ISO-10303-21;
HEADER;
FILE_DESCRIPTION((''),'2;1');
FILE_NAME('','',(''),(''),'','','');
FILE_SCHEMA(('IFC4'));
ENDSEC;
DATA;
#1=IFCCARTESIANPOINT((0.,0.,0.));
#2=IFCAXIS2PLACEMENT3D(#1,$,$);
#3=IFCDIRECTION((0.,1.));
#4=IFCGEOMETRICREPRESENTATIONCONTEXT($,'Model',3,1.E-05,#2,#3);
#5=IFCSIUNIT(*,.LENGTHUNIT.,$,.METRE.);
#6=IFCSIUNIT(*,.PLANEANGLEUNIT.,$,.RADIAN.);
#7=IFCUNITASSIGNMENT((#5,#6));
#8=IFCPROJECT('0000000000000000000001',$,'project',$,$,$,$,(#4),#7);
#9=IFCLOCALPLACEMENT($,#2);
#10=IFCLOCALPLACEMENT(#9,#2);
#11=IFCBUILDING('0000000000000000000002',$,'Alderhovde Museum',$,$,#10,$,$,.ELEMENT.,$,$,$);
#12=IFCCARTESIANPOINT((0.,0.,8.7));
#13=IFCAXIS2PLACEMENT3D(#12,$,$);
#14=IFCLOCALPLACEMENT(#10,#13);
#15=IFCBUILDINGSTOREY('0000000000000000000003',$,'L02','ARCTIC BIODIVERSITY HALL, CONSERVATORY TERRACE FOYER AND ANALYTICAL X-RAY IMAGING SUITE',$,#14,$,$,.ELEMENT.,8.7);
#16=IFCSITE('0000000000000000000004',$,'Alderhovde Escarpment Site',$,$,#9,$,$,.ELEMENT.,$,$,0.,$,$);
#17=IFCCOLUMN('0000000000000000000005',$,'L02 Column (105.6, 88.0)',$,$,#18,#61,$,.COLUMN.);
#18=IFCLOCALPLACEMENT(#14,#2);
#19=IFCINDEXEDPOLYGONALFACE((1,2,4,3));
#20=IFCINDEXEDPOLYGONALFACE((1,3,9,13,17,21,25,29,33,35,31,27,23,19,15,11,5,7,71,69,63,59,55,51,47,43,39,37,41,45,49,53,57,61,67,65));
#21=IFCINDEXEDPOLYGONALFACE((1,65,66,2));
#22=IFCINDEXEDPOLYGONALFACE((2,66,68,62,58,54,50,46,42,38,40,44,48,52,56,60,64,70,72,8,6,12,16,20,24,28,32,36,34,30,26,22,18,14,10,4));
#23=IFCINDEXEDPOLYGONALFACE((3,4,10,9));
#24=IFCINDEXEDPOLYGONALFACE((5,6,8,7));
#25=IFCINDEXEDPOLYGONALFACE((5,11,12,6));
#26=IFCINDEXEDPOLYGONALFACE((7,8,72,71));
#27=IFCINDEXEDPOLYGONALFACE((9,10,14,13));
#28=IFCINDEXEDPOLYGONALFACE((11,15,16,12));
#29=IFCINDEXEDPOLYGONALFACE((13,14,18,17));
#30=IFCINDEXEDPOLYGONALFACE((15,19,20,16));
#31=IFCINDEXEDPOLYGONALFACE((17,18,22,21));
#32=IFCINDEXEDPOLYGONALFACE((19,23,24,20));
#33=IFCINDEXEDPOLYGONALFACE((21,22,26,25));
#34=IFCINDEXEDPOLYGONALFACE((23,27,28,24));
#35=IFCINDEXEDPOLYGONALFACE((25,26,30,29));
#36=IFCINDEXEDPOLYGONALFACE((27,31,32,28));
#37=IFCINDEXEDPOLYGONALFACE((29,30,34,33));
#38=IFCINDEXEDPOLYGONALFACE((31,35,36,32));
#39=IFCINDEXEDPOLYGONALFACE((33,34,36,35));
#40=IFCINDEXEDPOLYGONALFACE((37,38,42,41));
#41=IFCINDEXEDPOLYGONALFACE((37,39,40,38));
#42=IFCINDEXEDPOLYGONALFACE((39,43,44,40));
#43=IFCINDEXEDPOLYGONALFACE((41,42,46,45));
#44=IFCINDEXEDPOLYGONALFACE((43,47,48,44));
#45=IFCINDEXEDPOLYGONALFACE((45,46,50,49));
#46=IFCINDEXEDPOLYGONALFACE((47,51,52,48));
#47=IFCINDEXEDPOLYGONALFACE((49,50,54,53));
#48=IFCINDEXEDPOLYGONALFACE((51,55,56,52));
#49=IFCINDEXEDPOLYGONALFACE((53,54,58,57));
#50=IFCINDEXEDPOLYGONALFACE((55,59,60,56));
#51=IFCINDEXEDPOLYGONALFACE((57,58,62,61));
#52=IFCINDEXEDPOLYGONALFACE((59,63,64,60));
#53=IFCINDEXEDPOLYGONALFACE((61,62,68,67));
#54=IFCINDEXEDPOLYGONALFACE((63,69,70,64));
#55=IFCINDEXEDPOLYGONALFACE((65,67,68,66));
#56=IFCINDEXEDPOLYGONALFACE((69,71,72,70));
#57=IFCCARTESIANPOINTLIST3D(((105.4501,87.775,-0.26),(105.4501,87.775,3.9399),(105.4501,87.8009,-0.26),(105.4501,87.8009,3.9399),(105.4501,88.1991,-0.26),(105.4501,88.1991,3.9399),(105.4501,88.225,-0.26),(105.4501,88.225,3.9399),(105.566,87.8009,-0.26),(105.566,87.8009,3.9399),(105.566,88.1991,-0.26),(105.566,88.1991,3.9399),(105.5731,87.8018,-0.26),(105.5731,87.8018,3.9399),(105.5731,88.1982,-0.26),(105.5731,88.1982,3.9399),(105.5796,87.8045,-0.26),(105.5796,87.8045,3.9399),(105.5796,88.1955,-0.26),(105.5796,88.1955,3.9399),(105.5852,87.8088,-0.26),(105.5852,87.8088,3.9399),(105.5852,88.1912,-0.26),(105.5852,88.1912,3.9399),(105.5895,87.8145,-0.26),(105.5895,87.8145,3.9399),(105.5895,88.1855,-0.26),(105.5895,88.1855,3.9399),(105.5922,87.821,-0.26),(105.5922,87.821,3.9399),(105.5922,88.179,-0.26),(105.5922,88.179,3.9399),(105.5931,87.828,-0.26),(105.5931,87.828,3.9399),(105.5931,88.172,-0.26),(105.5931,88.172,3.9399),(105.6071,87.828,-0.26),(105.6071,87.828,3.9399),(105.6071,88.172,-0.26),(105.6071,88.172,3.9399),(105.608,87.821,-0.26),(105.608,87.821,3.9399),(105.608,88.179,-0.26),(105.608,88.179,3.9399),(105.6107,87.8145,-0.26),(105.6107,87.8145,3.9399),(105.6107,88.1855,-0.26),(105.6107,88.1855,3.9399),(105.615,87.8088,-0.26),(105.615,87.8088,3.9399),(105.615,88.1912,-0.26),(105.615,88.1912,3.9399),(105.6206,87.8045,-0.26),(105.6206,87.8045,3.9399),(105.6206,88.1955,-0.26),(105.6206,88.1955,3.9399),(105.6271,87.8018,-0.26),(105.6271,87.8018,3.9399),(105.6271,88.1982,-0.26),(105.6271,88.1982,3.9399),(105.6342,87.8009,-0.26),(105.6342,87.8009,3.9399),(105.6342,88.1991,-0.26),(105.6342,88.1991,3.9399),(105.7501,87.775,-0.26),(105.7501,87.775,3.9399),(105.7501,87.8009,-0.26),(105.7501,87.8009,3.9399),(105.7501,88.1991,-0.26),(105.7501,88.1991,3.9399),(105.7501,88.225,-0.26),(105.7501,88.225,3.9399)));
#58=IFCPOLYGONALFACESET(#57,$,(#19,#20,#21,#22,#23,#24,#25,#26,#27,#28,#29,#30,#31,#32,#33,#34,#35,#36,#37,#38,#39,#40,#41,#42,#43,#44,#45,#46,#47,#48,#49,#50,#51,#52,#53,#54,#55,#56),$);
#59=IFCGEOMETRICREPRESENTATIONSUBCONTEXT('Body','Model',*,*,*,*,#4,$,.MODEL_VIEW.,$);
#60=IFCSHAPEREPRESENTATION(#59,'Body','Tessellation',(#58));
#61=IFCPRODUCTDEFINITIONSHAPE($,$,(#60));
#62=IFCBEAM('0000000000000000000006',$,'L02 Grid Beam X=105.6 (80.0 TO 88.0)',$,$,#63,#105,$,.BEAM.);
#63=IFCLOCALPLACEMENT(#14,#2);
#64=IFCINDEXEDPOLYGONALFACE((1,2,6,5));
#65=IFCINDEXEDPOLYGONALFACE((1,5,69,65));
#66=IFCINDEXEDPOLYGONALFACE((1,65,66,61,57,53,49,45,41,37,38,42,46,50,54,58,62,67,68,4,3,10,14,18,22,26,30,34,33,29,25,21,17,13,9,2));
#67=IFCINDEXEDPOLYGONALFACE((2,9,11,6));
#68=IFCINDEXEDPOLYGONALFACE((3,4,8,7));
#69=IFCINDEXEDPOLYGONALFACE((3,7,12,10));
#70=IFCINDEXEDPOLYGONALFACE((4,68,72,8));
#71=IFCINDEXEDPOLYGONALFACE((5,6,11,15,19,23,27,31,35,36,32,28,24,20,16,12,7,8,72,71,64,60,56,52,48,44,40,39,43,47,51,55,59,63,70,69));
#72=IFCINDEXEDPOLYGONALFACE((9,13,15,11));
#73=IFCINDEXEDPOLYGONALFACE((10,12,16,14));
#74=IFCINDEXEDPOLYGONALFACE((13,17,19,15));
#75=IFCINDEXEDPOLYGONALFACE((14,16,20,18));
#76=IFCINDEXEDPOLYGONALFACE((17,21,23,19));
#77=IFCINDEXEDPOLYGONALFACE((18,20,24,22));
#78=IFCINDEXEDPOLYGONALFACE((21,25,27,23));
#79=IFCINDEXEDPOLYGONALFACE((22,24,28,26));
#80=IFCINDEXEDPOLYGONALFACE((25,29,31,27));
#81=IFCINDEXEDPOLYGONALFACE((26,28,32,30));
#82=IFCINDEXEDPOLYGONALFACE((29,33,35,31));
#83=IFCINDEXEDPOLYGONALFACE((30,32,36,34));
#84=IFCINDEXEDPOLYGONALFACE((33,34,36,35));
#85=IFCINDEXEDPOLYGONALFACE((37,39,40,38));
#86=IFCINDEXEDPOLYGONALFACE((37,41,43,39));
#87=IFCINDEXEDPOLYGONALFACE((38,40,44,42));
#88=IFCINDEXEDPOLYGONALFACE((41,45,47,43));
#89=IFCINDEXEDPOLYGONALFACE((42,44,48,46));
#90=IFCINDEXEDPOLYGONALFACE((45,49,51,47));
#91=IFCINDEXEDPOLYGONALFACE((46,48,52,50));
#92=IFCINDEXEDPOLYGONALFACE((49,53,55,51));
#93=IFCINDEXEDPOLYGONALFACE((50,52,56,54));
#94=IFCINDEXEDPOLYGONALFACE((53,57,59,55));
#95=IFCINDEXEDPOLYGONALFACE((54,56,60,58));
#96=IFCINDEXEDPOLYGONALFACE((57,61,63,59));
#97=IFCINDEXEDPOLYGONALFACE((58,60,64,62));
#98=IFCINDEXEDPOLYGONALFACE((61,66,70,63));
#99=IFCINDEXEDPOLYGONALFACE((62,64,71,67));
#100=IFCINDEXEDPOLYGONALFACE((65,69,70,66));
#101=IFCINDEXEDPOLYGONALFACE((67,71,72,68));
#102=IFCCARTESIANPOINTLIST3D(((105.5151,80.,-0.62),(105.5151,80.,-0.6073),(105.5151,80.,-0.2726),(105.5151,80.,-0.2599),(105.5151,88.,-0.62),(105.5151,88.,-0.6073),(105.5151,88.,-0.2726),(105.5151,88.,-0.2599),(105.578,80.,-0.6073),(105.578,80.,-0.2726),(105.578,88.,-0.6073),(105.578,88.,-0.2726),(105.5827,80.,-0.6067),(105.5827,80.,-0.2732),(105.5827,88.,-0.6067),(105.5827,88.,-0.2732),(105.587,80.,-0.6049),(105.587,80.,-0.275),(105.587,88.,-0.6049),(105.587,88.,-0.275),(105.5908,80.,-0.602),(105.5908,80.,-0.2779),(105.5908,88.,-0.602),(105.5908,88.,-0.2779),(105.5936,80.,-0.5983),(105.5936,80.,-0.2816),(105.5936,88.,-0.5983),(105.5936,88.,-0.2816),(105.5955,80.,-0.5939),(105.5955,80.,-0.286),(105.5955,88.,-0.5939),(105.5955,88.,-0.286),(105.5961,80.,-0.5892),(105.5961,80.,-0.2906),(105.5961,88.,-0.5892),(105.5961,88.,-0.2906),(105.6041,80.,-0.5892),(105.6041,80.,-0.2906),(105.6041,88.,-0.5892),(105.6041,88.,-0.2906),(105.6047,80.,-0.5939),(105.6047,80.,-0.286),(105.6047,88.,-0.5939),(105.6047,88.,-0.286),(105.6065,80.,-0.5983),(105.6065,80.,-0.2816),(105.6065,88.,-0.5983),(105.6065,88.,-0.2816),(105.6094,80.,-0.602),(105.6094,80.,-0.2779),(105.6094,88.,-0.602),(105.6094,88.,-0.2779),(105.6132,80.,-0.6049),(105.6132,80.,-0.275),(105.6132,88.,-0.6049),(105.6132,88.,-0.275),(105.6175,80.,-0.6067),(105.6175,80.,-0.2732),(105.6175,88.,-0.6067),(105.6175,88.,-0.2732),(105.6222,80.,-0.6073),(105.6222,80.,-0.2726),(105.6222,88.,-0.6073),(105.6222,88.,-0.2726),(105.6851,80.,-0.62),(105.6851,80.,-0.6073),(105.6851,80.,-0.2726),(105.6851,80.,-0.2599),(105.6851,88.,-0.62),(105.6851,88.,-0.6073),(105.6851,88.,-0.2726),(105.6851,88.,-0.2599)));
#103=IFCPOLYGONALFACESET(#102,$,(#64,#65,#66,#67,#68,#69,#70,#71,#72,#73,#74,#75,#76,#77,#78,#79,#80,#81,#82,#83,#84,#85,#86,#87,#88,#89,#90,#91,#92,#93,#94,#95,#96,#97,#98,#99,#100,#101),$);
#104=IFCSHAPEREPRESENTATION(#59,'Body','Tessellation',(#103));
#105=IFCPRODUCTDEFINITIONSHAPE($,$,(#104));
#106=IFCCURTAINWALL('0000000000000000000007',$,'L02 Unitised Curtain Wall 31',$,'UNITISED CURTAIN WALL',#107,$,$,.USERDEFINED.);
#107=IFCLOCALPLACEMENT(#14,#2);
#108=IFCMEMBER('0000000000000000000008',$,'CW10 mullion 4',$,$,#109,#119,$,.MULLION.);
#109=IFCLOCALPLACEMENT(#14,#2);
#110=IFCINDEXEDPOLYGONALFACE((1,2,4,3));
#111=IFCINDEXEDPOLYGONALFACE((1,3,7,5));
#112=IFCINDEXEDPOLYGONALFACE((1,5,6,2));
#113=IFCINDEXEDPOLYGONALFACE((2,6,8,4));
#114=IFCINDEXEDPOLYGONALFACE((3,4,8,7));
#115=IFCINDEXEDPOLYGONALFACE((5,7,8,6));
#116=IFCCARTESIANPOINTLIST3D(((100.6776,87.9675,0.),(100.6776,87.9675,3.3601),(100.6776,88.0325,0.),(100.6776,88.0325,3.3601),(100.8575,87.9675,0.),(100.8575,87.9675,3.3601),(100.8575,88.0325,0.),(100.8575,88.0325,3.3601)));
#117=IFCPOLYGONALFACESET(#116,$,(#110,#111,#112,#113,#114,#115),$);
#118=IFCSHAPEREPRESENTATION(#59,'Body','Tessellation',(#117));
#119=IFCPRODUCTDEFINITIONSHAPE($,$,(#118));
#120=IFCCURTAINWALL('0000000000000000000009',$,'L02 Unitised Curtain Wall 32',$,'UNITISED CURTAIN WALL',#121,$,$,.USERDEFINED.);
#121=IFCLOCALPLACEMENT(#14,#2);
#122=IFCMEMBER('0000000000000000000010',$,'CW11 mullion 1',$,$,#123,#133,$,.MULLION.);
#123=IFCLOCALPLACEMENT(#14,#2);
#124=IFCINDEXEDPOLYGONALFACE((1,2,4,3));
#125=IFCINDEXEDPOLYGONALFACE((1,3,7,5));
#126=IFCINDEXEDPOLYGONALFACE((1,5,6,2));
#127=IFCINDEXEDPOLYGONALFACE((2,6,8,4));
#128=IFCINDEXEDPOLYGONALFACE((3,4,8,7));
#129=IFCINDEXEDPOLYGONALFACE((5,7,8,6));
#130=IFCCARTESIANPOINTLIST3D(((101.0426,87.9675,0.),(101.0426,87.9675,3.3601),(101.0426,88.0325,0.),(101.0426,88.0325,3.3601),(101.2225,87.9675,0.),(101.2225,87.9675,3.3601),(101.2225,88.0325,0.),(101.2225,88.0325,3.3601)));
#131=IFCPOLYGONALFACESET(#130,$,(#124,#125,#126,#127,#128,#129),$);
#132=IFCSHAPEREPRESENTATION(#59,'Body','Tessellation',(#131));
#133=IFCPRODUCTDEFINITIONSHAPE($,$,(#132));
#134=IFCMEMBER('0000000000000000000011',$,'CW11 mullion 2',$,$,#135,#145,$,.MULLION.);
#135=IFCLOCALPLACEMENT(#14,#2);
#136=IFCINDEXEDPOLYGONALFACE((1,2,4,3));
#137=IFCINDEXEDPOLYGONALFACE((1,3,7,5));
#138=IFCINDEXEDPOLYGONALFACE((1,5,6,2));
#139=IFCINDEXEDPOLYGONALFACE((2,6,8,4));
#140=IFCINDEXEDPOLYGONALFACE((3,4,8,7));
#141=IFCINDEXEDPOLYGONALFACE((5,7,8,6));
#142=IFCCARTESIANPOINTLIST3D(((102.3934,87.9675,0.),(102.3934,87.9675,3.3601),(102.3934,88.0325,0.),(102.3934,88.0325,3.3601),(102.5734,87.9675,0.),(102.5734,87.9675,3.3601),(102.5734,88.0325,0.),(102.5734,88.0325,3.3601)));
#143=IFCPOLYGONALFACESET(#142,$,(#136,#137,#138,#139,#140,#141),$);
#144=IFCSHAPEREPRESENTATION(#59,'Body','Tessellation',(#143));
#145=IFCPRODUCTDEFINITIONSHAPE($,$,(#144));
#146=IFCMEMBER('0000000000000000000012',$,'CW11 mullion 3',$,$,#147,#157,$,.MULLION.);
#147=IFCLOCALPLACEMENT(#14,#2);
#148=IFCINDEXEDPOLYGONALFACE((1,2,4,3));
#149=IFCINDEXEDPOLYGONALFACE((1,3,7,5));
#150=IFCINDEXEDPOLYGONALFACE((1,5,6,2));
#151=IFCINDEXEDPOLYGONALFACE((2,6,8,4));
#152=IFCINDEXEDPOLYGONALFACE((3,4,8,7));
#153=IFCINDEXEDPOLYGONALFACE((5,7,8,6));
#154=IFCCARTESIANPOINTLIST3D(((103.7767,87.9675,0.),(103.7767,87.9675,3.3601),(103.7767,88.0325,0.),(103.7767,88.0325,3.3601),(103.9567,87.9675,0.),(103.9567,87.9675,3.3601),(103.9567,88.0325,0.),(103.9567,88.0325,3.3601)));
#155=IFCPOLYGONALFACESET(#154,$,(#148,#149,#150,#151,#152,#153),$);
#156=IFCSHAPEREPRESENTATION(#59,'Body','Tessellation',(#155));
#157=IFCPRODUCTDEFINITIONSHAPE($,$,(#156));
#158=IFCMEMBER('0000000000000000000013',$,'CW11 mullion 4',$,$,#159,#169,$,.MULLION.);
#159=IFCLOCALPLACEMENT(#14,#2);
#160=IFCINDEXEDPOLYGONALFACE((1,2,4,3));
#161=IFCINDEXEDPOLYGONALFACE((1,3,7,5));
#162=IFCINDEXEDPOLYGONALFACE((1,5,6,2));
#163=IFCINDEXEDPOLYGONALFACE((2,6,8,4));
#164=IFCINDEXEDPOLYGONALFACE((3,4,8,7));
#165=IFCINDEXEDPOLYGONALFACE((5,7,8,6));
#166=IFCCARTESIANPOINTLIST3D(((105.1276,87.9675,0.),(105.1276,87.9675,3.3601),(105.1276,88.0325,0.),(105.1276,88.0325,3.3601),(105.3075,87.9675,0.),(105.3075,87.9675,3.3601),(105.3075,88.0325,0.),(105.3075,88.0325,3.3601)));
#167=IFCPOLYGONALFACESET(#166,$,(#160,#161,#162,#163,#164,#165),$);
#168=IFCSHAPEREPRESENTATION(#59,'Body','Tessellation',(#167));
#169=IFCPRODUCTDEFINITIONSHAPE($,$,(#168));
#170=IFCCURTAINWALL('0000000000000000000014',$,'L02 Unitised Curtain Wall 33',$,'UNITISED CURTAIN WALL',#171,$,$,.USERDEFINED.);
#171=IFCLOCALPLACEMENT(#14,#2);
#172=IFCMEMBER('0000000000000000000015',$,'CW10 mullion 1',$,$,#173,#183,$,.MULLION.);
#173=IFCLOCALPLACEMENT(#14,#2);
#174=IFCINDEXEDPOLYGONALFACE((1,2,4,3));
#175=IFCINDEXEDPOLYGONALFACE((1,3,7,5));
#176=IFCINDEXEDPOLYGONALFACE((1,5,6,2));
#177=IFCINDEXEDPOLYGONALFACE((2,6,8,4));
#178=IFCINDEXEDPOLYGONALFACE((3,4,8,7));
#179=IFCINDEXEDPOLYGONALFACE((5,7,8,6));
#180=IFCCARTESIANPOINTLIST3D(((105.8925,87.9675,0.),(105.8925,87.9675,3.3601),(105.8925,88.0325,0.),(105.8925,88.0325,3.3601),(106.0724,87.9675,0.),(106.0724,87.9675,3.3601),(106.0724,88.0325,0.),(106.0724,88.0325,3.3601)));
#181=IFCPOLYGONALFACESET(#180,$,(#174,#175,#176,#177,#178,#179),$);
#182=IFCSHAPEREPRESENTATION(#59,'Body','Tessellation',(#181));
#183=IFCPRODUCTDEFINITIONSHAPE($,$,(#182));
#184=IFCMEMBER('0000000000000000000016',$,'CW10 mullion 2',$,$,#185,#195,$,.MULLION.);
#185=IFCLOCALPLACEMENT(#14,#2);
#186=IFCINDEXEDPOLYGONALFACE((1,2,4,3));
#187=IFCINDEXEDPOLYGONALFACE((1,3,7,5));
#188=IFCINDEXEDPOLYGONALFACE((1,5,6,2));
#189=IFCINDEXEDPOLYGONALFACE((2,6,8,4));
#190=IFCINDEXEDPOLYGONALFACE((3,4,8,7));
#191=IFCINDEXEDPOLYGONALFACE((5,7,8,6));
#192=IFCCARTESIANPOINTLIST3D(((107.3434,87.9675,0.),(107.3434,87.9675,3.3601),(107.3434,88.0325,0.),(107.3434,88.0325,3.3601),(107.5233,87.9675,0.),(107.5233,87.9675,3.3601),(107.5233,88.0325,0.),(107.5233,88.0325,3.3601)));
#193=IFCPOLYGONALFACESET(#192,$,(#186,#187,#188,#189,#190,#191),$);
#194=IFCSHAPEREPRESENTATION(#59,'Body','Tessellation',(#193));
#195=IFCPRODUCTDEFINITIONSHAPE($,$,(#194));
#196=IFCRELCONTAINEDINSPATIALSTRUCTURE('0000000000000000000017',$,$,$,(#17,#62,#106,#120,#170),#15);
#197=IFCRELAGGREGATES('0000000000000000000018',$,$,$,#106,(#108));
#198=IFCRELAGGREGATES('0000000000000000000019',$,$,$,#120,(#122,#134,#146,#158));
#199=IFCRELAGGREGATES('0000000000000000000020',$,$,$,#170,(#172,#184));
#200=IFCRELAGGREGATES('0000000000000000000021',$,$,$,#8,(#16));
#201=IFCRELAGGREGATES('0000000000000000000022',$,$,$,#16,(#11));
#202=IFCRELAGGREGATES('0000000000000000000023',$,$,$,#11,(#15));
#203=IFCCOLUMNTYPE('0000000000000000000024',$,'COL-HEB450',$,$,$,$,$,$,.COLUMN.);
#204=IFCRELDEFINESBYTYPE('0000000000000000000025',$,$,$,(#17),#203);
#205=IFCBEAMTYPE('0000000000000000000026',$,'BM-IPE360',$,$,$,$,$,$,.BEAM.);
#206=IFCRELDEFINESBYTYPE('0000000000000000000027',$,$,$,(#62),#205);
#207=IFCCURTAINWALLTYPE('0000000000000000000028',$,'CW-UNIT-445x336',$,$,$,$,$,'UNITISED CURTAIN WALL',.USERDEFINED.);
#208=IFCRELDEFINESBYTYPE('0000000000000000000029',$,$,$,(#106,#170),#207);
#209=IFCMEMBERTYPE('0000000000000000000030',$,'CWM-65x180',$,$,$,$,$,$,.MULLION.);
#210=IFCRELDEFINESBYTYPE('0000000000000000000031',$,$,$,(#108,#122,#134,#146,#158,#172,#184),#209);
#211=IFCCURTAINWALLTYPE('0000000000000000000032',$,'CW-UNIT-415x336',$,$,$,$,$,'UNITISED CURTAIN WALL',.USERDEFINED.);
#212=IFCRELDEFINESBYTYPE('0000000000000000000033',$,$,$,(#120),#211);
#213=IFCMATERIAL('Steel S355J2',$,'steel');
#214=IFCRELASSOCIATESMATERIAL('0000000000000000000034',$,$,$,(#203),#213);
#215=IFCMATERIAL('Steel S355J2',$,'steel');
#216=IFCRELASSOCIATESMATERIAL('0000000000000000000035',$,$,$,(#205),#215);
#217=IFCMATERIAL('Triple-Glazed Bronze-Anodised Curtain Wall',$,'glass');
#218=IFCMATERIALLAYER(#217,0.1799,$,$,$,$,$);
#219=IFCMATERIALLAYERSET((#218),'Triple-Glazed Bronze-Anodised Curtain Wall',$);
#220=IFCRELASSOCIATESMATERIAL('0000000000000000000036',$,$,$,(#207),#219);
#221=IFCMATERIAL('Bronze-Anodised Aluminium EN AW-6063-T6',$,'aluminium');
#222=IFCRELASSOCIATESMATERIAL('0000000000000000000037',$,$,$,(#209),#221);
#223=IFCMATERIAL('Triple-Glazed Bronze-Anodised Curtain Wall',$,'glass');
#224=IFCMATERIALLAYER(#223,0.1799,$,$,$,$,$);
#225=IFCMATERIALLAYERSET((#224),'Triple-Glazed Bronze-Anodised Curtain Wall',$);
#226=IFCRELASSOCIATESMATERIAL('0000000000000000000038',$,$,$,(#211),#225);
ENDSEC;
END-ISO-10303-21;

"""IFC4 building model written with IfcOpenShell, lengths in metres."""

from ifc_helpers import new_model, si_unit, direction, frame, origin, origin_2d, place, context, subcontext, project, spatial, rectangle, i_section, extrude, material, layer, layer_set, material_profile, profile_set, type_object, element, aggregate, save


model = new_model("IFC4")

# Units and contexts
model_context = context("Model", 3, precision=1e-05, world=origin(), true_north=direction((0.0, 1.0)))
body_context = subcontext(model_context, "Body", "Model", "MODEL_VIEW")
ifc_project = project(units=[si_unit("LENGTHUNIT", "METRE"), si_unit("PLANEANGLEUNIT", "RADIAN")], contexts=[model_context])

# Site, building, storey
site_placement = place(None, origin())
site = spatial("IfcSite", under=ifc_project, at=site_placement, Name="Alderhovde Escarpment Site", CompositionType="ELEMENT", RefElevation=0.0)
building_placement = place(site_placement, origin())
building = spatial("IfcBuilding", under=site, at=building_placement, Name="Alderhovde Museum", CompositionType="ELEMENT")
storey_placement = place(building_placement, frame((0.0, 0.0, 8.7)))
storey = spatial("IfcBuildingStorey", under=building, at=storey_placement, Name="L02", Description="ARCTIC BIODIVERSITY HALL, CONSERVATORY TERRACE FOYER AND ANALYTICAL X-RAY IMAGING SUITE", CompositionType="ELEMENT", Elevation=8.7)

# Column
ifc_material_1 = material(Name="Steel S355J2", Category="steel")
ifc_material_profile_1 = material_profile(ifc_material_1, i_section(OverallWidth=0.3, OverallDepth=0.45, WebThickness=0.0139, FlangeThickness=0.0259, FilletRadius=0.0271, at=origin_2d()), Name="HEB 450")
ifc_profile_set_1 = profile_set([ifc_material_profile_1], Name="Steel S355J2")
column_type = type_object("IfcColumnType", Name="COL-HEB450", PredefinedType="COLUMN", material=ifc_profile_set_1)
column_placement = place(storey_placement, frame((105.6001, 88.0, -0.26), z_axis=(0.0, 0.0, 1.0), x_axis=(1.0, 0.0, 0.0)))
element("IfcColumn", 1, at=column_placement, inside=storey, type_object=column_type, Name="L02 Column (105.6, 88.0)", PredefinedType="COLUMN", context=body_context, shape_type="SweptSolid", body=[
    extrude(i_section(OverallWidth=0.3, OverallDepth=0.45, WebThickness=0.0139, FlangeThickness=0.0259, FilletRadius=0.0271, at=origin_2d()), origin(), (0.0, 0.0, 1.0), 4.2),
])

# Beam
ifc_material_2 = material(Name="Steel S355J2", Category="steel")
ifc_material_profile_2 = material_profile(ifc_material_2, i_section(OverallWidth=0.1699, OverallDepth=0.3601, WebThickness=0.0081, FlangeThickness=0.0127, FilletRadius=0.0181, at=origin_2d()), Name="IPE 360")
ifc_profile_set_2 = profile_set([ifc_material_profile_2], Name="Steel S355J2")
beam_type_1 = type_object("IfcBeamType", Name="BM-IPE360", PredefinedType="BEAM", material=ifc_profile_set_2)
beam_1_placement = place(storey_placement, frame((105.6001, 80.0, -0.4399), z_axis=(0.0, 1.0, 0.0), x_axis=(-1.0, 0.0, 0.0)))
element("IfcBeam", 2, at=beam_1_placement, inside=storey, type_object=beam_type_1, Name="L02 Grid Beam X=105.6 (80.0 TO 88.0)", PredefinedType="BEAM", context=body_context, shape_type="SweptSolid", body=[
    extrude(i_section(OverallWidth=0.1699, OverallDepth=0.3601, WebThickness=0.0081, FlangeThickness=0.0127, FilletRadius=0.0181, at=origin_2d()), origin(), (0.0, 0.0, 1.0), 8.0),
])

# Curtain wall, member
ifc_material_3 = material(Name="Triple-Glazed Bronze-Anodised Curtain Wall", Category="glass")
ifc_layer_1 = layer(ifc_material_3, 0.1799)
ifc_layer_set_1 = layer_set([ifc_layer_1], Name="Triple-Glazed Bronze-Anodised Curtain Wall")
curtain_wall_type_1 = type_object("IfcCurtainWallType", Name="CW-UNIT-445x336", ElementType="UNITISED CURTAIN WALL", PredefinedType="USERDEFINED", material=ifc_layer_set_1)
curtain_wall_1_placement = place(storey_placement, origin())
curtain_wall_1 = element("IfcCurtainWall", 3, at=curtain_wall_1_placement, inside=storey, type_object=curtain_wall_type_1, Name="L02 Unitised Curtain Wall 31", ObjectType="UNITISED CURTAIN WALL", PredefinedType="USERDEFINED")
ifc_material_4 = material(Name="Bronze-Anodised Aluminium EN AW-6063-T6", Category="aluminium")
ifc_material_profile_3 = material_profile(ifc_material_4, rectangle(XDim=0.0649, YDim=0.1799, at=origin_2d()), Name="MULLION 65x180")
ifc_profile_set_3 = profile_set([ifc_material_profile_3], Name="Bronze-Anodised Aluminium EN AW-6063-T6")
member_type_1 = type_object("IfcMemberType", Name="CWM-65x180", PredefinedType="MULLION", material=ifc_profile_set_3)
member_1_placement = place(storey_placement, frame((100.7676, 88.0, 0.0), z_axis=(0.0, 0.0, 1.0), x_axis=(0.0, 1.0, 0.0)))
member_1 = element("IfcMember", 4, at=member_1_placement, type_object=member_type_1, Name="CW10 mullion 4", PredefinedType="MULLION", context=body_context, shape_type="SweptSolid", body=[
    extrude(rectangle(XDim=0.0649, YDim=0.1799, at=origin_2d()), origin(), (0.0, 0.0, 1.0), 3.3601),
])
aggregate(curtain_wall_1, [member_1])

# Curtain walls, members
ifc_material_5 = material(Name="Triple-Glazed Bronze-Anodised Curtain Wall", Category="glass")
ifc_layer_2 = layer(ifc_material_5, 0.1799)
ifc_layer_set_2 = layer_set([ifc_layer_2], Name="Triple-Glazed Bronze-Anodised Curtain Wall")
curtain_wall_type_2 = type_object("IfcCurtainWallType", Name="CW-UNIT-415x336", ElementType="UNITISED CURTAIN WALL", PredefinedType="USERDEFINED", material=ifc_layer_set_2)
curtain_wall_2_placement = place(storey_placement, origin())
curtain_wall_2 = element("IfcCurtainWall", 5, at=curtain_wall_2_placement, inside=storey, type_object=curtain_wall_type_2, Name="L02 Unitised Curtain Wall 32", ObjectType="UNITISED CURTAIN WALL", PredefinedType="USERDEFINED")
member_2_placement = place(storey_placement, frame((101.1326, 88.0, 0.0), z_axis=(0.0, 0.0, 1.0), x_axis=(0.0, 1.0, 0.0)))
member_2 = element("IfcMember", 6, at=member_2_placement, type_object=member_type_1, Name="CW11 mullion 1", PredefinedType="MULLION", context=body_context, shape_type="SweptSolid", body=[
    extrude(rectangle(XDim=0.0649, YDim=0.1799, at=origin_2d()), origin(), (0.0, 0.0, 1.0), 3.3601),
])
member_3_placement = place(storey_placement, frame((102.4834, 88.0, 0.0), z_axis=(0.0, 0.0, 1.0), x_axis=(0.0, 1.0, 0.0)))
member_3 = element("IfcMember", 7, at=member_3_placement, type_object=member_type_1, Name="CW11 mullion 2", PredefinedType="MULLION", context=body_context, shape_type="SweptSolid", body=[
    extrude(rectangle(XDim=0.0649, YDim=0.1799, at=origin_2d()), origin(), (0.0, 0.0, 1.0), 3.3601),
])
member_4_placement = place(storey_placement, frame((103.8667, 88.0, 0.0), z_axis=(0.0, 0.0, 1.0), x_axis=(0.0, 1.0, 0.0)))
member_4 = element("IfcMember", 8, at=member_4_placement, type_object=member_type_1, Name="CW11 mullion 3", PredefinedType="MULLION", context=body_context, shape_type="SweptSolid", body=[
    extrude(rectangle(XDim=0.0649, YDim=0.1799, at=origin_2d()), origin(), (0.0, 0.0, 1.0), 3.3601),
])
member_5_placement = place(storey_placement, frame((105.2175, 88.0, 0.0), z_axis=(0.0, 0.0, 1.0), x_axis=(0.0, 1.0, 0.0)))
member_5 = element("IfcMember", 9, at=member_5_placement, type_object=member_type_1, Name="CW11 mullion 4", PredefinedType="MULLION", context=body_context, shape_type="SweptSolid", body=[
    extrude(rectangle(XDim=0.0649, YDim=0.1799, at=origin_2d()), origin(), (0.0, 0.0, 1.0), 3.3601),
])
curtain_wall_3_placement = place(storey_placement, origin())
curtain_wall_3 = element("IfcCurtainWall", 10, at=curtain_wall_3_placement, inside=storey, type_object=curtain_wall_type_1, Name="L02 Unitised Curtain Wall 33", ObjectType="UNITISED CURTAIN WALL", PredefinedType="USERDEFINED")
member_6_placement = place(storey_placement, frame((105.9824, 88.0, 0.0), z_axis=(0.0, 0.0, 1.0), x_axis=(0.0, 1.0, 0.0)))
member_6 = element("IfcMember", 11, at=member_6_placement, type_object=member_type_1, Name="CW10 mullion 1", PredefinedType="MULLION", context=body_context, shape_type="SweptSolid", body=[
    extrude(rectangle(XDim=0.0649, YDim=0.1799, at=origin_2d()), origin(), (0.0, 0.0, 1.0), 3.3601),
])
member_7_placement = place(storey_placement, frame((107.4333, 88.0, 0.0), z_axis=(0.0, 0.0, 1.0), x_axis=(0.0, 1.0, 0.0)))
member_7 = element("IfcMember", 12, at=member_7_placement, type_object=member_type_1, Name="CW10 mullion 2", PredefinedType="MULLION", context=body_context, shape_type="SweptSolid", body=[
    extrude(rectangle(XDim=0.0649, YDim=0.1799, at=origin_2d()), origin(), (0.0, 0.0, 1.0), 3.3601),
])

aggregate(curtain_wall_2, [member_2, member_3, member_4, member_5])
aggregate(curtain_wall_3, [member_6, member_7])

save(model, "model.ifc")
